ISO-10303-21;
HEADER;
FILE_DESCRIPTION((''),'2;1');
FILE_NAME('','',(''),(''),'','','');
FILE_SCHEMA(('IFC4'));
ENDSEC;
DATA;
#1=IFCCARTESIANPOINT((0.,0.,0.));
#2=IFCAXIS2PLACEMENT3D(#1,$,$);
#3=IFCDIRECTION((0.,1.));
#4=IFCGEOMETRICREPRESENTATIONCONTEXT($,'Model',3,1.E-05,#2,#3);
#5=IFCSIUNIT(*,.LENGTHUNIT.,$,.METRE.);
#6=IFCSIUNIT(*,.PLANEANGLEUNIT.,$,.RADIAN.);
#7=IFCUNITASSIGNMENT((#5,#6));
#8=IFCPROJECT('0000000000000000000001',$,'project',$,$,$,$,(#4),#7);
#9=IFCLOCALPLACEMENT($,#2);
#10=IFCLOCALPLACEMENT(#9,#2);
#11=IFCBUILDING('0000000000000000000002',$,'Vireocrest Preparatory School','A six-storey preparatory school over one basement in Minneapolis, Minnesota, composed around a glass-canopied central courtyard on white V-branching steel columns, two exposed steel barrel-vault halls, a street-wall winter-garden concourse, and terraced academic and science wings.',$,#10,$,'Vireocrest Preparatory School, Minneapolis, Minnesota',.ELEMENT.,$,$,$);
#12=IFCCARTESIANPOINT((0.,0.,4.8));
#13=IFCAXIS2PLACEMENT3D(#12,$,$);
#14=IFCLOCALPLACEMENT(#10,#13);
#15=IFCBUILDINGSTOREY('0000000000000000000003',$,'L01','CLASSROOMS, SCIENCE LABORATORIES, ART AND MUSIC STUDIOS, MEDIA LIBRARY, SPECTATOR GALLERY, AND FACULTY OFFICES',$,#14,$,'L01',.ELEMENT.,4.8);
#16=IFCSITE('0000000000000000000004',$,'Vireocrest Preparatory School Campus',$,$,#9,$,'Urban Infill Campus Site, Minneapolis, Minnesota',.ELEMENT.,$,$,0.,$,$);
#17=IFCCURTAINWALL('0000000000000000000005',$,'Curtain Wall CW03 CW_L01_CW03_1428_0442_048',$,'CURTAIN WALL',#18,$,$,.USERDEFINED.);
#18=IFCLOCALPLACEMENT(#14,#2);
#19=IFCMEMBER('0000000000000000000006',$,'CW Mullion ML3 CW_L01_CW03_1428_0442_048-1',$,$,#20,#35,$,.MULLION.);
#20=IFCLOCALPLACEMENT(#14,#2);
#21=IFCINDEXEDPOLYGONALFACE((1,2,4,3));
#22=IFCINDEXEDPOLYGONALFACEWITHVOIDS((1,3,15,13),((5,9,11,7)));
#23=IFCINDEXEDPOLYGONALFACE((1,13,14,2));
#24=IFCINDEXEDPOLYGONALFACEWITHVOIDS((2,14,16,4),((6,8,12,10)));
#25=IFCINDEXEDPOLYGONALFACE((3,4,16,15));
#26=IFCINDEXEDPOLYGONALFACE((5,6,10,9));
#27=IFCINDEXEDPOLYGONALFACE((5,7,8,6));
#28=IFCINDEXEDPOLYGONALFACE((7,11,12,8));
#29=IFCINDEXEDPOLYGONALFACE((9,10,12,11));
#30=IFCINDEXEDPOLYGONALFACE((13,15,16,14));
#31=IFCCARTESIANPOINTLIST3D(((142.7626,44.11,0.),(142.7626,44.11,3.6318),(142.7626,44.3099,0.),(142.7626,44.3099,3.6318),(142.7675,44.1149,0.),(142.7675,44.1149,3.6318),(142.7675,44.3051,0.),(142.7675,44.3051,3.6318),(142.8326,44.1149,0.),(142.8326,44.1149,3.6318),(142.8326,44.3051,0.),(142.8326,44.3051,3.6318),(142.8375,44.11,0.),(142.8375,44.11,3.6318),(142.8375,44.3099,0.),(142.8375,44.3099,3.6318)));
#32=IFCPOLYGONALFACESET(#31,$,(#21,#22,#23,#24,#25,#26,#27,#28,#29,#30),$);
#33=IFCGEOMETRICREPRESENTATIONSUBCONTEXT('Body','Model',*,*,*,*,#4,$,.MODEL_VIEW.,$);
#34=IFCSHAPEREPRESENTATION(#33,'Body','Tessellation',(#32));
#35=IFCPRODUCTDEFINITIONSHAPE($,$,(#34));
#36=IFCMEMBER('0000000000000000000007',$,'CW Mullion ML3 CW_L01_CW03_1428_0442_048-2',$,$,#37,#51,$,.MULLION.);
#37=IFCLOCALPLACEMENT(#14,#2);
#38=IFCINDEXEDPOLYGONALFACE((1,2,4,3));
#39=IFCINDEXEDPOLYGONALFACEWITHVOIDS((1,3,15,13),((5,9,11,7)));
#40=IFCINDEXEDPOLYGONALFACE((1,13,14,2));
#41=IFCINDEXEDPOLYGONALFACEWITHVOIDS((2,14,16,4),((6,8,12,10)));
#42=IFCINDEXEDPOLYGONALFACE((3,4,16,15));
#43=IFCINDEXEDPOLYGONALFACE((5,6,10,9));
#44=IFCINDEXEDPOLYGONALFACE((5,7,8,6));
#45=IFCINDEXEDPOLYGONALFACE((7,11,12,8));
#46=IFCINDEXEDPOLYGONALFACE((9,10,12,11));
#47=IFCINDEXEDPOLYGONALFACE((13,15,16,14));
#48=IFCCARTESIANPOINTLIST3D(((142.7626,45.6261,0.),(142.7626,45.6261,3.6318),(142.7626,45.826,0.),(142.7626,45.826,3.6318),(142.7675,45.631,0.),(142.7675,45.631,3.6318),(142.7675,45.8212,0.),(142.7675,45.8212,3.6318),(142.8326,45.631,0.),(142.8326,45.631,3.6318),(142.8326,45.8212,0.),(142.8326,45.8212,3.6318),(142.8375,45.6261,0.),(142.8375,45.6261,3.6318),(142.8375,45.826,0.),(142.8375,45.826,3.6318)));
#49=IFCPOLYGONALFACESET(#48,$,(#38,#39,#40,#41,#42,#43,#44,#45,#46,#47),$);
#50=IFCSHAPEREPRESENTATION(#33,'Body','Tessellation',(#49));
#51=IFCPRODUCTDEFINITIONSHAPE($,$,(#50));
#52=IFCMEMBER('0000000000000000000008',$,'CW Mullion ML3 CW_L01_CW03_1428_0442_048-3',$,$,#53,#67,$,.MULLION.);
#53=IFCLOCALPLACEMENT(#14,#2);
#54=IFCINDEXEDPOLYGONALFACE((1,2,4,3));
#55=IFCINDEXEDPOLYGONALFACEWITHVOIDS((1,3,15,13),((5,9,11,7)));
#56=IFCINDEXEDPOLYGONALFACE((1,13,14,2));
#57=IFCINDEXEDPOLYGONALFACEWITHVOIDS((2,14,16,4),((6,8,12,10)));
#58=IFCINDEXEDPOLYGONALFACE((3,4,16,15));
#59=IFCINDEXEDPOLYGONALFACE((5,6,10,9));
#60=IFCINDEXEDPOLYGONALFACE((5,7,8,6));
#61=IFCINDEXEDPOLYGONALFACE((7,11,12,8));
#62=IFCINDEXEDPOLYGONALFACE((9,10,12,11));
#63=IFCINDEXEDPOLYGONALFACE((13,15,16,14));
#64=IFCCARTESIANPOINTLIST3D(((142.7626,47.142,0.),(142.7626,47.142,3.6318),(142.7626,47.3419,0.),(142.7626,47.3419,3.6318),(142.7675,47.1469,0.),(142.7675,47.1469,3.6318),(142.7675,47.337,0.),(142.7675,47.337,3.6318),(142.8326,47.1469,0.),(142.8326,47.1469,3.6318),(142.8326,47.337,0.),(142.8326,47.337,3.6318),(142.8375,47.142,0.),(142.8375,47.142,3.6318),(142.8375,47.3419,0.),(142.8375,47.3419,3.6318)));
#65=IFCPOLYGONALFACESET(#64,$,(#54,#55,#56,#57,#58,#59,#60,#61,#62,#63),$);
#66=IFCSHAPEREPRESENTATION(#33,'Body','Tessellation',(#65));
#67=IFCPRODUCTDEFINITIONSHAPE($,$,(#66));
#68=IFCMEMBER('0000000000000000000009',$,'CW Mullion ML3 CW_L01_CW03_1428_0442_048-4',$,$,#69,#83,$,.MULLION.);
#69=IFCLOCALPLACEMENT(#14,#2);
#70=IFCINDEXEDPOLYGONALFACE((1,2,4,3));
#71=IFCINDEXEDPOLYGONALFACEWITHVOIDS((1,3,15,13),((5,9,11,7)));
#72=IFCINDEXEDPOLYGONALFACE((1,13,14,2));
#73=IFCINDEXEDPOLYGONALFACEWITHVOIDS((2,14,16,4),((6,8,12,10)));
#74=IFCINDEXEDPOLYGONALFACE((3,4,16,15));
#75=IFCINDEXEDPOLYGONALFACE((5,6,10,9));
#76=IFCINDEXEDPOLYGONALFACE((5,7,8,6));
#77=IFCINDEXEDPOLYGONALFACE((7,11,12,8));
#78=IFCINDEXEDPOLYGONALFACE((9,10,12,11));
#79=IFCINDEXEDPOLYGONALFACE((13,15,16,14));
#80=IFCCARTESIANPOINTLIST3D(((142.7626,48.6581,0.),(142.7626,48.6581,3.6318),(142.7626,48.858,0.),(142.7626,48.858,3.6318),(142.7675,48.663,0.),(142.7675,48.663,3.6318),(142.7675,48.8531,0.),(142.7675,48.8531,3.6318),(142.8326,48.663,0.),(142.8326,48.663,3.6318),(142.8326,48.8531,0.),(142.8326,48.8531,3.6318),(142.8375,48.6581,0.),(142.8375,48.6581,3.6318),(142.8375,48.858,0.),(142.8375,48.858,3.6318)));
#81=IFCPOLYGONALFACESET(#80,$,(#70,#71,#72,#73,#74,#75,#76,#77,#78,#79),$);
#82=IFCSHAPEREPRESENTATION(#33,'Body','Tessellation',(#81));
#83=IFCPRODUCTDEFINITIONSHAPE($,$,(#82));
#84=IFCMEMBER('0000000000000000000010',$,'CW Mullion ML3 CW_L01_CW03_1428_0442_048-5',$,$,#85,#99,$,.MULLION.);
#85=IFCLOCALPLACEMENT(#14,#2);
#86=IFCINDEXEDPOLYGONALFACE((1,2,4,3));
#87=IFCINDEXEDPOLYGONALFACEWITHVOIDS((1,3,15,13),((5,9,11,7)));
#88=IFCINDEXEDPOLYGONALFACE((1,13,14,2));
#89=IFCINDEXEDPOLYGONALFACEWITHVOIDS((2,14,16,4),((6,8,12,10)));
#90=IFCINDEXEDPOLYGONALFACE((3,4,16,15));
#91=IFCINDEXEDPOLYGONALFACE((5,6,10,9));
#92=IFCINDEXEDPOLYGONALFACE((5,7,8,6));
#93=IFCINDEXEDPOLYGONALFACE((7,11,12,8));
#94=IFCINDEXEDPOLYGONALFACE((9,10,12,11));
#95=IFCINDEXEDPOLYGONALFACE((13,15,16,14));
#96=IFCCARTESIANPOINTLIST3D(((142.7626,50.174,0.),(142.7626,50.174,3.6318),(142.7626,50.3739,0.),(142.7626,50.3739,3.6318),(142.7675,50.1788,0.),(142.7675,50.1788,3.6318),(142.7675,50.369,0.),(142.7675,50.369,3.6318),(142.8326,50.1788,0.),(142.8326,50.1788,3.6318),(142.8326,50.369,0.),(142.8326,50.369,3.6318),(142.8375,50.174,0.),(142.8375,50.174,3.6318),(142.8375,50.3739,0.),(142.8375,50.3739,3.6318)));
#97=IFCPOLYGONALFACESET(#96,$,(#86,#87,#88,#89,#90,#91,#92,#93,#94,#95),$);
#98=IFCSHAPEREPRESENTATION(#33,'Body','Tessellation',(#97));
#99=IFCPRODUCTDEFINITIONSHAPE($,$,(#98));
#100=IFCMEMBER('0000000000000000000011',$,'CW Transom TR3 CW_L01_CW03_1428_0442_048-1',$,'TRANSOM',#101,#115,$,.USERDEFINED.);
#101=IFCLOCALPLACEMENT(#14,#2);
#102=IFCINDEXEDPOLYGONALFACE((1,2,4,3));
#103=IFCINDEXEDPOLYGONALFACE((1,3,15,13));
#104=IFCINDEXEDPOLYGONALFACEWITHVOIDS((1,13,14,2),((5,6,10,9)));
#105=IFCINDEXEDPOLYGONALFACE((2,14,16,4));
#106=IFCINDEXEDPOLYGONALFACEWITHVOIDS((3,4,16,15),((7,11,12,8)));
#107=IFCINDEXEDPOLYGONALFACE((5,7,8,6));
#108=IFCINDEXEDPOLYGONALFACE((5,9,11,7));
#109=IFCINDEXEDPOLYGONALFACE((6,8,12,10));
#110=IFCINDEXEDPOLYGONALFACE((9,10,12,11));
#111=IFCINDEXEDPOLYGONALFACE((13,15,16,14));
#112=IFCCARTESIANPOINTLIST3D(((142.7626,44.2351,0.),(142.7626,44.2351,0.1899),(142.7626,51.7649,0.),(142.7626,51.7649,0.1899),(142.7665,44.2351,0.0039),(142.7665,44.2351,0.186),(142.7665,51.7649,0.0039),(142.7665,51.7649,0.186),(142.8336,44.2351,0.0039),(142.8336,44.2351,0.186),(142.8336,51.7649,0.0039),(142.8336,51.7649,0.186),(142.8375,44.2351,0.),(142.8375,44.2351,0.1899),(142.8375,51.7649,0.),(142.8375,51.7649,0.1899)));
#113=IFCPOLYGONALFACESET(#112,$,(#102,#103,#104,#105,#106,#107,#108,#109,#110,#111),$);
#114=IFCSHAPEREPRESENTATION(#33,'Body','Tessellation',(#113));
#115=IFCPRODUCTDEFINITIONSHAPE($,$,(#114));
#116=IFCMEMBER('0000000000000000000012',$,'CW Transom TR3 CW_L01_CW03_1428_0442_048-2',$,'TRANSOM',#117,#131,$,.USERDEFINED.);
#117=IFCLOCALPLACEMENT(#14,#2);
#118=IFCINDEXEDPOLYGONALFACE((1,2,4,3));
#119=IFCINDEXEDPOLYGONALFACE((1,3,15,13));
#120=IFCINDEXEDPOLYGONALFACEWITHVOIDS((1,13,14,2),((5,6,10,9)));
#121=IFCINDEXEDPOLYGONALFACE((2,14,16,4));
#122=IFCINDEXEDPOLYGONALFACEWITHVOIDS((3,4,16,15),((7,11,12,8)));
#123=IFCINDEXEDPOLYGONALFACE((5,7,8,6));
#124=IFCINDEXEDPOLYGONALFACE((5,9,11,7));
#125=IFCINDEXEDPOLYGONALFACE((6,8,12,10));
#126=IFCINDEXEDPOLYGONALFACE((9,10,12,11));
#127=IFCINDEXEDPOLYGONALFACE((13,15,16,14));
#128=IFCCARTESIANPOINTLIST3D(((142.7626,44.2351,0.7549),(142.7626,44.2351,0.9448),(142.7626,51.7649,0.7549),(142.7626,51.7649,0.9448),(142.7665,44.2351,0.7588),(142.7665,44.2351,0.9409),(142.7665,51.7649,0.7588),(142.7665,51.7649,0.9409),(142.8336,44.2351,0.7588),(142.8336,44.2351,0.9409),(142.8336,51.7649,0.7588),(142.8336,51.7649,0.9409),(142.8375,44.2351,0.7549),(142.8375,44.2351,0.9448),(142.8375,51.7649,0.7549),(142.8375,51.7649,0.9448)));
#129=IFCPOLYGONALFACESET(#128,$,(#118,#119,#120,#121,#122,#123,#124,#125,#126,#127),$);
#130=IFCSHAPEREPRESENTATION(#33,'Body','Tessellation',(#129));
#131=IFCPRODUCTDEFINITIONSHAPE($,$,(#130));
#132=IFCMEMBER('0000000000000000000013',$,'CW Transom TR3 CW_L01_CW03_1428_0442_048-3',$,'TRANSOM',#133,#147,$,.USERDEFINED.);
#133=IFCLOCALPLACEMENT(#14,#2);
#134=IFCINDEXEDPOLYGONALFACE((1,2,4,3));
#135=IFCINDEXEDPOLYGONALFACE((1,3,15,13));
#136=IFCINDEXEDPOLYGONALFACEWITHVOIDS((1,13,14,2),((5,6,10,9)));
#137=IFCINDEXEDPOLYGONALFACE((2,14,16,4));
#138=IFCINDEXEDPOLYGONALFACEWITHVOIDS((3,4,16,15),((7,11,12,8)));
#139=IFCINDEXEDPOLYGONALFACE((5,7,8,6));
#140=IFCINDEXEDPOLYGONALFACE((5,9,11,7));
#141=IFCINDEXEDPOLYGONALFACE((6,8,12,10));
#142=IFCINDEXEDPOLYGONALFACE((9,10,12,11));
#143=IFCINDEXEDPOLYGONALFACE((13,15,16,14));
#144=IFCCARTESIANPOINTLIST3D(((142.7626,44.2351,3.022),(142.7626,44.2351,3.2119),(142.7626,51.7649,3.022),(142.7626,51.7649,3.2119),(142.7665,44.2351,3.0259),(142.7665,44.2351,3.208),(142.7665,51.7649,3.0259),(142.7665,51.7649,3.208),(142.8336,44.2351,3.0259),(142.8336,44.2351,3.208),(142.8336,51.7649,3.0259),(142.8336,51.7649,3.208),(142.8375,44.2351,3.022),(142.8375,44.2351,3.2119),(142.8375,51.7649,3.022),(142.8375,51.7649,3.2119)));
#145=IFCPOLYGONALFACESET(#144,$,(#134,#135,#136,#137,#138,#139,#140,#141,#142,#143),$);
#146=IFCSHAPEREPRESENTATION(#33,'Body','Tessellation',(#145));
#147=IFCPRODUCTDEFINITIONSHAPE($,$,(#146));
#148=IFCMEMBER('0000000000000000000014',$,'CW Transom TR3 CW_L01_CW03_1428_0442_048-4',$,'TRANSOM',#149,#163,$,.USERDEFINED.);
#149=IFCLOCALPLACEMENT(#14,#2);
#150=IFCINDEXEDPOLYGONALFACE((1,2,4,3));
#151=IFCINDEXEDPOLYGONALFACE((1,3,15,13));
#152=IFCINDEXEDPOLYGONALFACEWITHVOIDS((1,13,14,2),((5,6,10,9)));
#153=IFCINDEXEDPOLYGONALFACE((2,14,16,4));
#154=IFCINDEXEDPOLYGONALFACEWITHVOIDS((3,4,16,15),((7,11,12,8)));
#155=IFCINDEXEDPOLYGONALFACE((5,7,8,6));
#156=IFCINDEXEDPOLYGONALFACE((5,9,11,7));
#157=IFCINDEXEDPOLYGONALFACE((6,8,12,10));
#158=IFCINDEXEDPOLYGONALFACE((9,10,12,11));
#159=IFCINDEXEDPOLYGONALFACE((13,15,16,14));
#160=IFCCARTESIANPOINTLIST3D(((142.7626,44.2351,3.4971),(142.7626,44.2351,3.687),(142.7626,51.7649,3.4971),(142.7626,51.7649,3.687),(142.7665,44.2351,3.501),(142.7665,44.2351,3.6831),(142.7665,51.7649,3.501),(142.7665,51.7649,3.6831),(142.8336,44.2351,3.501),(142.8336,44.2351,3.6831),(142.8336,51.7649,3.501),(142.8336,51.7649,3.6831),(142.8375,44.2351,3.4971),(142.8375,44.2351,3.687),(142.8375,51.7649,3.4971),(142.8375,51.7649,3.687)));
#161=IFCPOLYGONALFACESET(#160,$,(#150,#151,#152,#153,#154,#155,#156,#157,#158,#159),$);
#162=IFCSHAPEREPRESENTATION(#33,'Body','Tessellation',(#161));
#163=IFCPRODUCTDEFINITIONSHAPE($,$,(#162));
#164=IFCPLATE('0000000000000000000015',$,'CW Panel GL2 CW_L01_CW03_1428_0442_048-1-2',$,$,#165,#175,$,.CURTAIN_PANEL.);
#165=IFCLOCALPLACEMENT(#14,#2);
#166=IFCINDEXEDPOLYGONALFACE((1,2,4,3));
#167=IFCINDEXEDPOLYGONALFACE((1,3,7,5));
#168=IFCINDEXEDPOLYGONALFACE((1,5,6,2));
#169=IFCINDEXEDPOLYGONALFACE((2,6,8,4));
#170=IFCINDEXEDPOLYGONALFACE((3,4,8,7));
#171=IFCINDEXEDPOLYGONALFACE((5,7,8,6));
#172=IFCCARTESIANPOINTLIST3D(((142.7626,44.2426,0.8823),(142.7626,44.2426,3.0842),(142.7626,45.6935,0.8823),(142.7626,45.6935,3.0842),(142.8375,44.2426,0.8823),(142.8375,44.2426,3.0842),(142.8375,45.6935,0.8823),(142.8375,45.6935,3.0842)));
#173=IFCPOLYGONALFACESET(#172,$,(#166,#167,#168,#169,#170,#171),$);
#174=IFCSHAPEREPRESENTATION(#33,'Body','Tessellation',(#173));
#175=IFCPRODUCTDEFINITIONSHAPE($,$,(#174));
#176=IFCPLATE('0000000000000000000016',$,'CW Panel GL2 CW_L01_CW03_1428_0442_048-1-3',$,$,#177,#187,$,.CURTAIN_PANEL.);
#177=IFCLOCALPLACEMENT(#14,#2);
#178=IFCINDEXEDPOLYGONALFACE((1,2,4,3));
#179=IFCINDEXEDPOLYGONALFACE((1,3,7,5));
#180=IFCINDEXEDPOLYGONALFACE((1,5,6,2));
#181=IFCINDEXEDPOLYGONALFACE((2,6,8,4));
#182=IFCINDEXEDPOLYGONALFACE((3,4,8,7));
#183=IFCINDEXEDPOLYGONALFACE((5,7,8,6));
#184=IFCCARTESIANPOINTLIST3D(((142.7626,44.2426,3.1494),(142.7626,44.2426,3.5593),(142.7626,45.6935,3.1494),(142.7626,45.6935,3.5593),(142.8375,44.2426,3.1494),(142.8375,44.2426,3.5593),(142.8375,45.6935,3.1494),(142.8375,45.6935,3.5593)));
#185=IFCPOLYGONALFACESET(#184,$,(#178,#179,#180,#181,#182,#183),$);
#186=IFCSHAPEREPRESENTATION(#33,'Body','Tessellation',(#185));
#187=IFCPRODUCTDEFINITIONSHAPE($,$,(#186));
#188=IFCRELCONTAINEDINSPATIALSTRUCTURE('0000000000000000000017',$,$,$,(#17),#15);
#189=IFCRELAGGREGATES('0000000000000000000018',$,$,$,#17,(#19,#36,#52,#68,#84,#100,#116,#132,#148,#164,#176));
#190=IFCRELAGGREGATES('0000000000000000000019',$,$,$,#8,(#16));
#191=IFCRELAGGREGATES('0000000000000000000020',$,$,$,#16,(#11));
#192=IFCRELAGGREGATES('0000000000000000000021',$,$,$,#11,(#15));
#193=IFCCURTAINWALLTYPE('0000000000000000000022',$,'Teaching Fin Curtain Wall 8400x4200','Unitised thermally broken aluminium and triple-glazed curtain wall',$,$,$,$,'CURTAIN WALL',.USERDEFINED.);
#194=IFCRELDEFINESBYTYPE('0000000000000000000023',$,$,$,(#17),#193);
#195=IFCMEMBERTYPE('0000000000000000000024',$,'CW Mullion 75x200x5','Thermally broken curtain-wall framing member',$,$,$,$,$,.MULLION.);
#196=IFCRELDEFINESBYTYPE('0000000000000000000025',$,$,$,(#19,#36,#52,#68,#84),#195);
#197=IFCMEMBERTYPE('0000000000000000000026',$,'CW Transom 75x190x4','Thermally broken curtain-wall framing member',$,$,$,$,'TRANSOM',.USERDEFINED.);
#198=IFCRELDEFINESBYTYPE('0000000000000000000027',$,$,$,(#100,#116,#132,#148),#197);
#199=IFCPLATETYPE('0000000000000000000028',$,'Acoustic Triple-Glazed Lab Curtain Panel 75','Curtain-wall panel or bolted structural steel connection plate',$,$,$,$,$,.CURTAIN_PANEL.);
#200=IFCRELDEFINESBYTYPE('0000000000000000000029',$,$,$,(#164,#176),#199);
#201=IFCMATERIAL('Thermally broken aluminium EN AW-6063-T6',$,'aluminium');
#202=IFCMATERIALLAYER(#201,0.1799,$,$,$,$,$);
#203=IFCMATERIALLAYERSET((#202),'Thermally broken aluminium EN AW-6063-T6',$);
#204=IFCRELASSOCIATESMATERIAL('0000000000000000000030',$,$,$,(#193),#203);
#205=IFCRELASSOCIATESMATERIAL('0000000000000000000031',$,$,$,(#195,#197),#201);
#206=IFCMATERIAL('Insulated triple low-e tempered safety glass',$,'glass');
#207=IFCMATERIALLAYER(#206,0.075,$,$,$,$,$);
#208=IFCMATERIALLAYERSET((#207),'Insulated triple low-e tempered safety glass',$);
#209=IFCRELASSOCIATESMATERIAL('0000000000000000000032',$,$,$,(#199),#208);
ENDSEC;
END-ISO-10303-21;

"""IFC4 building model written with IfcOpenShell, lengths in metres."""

from ifc_helpers import new_model, si_unit, direction, frame, origin, origin_2d, place, context, subcontext, project, spatial, rectangle, hollow_rectangle, extrude, material, layer, layer_set, material_profile, profile_set, type_object, element, aggregate, save


model = new_model("IFC4")

# Units and contexts
model_context = context("Model", 3, precision=1e-05, world=origin(), true_north=direction((0.0, 1.0)))
body_context = subcontext(model_context, "Body", "Model", "MODEL_VIEW")
ifc_project = project(units=[si_unit("LENGTHUNIT", "METRE"), si_unit("PLANEANGLEUNIT", "RADIAN")], contexts=[model_context])

# Site, building, storey
site_placement = place(None, origin())
site = spatial("IfcSite", under=ifc_project, at=site_placement, Name="Vireocrest Preparatory School Campus", LongName="Urban Infill Campus Site, Minneapolis, Minnesota", CompositionType="ELEMENT", RefElevation=0.0)
building_placement = place(site_placement, origin())
building = spatial("IfcBuilding", under=site, at=building_placement, Name="Vireocrest Preparatory School", Description="A six-storey preparatory school over one basement in Minneapolis, Minnesota, composed around a glass-canopied central courtyard on white V-branching steel columns, two exposed steel barrel-vault halls, a street-wall winter-garden concourse, and terraced academic and science wings.", LongName="Vireocrest Preparatory School, Minneapolis, Minnesota", CompositionType="ELEMENT")
storey_placement = place(building_placement, frame((0.0, 0.0, 4.8)))
storey = spatial("IfcBuildingStorey", under=building, at=storey_placement, Name="L01", Description="CLASSROOMS, SCIENCE LABORATORIES, ART AND MUSIC STUDIOS, MEDIA LIBRARY, SPECTATOR GALLERY, AND FACULTY OFFICES", LongName="L01", CompositionType="ELEMENT", Elevation=4.8)

# Curtain wall, members, plates
ifc_material_1 = material(Name="Thermally broken aluminium EN AW-6063-T6", Category="aluminium")
ifc_layer_1 = layer(ifc_material_1, 0.1799)
ifc_layer_set_1 = layer_set([ifc_layer_1], Name="Thermally broken aluminium EN AW-6063-T6")
curtain_wall_type = type_object("IfcCurtainWallType", Name="Teaching Fin Curtain Wall 8400x4200", Description="Unitised thermally broken aluminium and triple-glazed curtain wall", ElementType="CURTAIN WALL", PredefinedType="USERDEFINED", material=ifc_layer_set_1)
curtain_wall_placement = place(storey_placement, origin())
curtain_wall = element("IfcCurtainWall", 1, at=curtain_wall_placement, inside=storey, type_object=curtain_wall_type, Name="Curtain Wall CW03 CW_L01_CW03_1428_0442_048", ObjectType="CURTAIN WALL", PredefinedType="USERDEFINED")
ifc_material_profile_1 = material_profile(ifc_material_1, hollow_rectangle(XDim=0.075, YDim=0.2, WallThickness=0.0049, at=origin_2d()), Name="ALU 75x200x5")
ifc_profile_set_1 = profile_set([ifc_material_profile_1], Name="Thermally broken aluminium EN AW-6063-T6")
member_type_1 = type_object("IfcMemberType", Name="CW Mullion 75x200x5", Description="Thermally broken curtain-wall framing member", PredefinedType="MULLION", material=ifc_profile_set_1)
member_1_placement = place(storey_placement, frame((142.8, 44.21, 0.0), z_axis=(0.0, 0.0, 1.0), x_axis=(1.0, 0.0, 0.0)))
member_1 = element("IfcMember", 2, at=member_1_placement, type_object=member_type_1, Name="CW Mullion ML3 CW_L01_CW03_1428_0442_048-1", PredefinedType="MULLION", context=body_context, shape_type="SweptSolid", body=[
    extrude(hollow_rectangle(XDim=0.075, YDim=0.2, WallThickness=0.0049, at=origin_2d()), origin(), (0.0, 0.0, 1.0), 3.6318),
])
member_2_placement = place(storey_placement, frame((142.8, 45.7261, 0.0), z_axis=(0.0, 0.0, 1.0), x_axis=(1.0, 0.0, 0.0)))
member_2 = element("IfcMember", 3, at=member_2_placement, type_object=member_type_1, Name="CW Mullion ML3 CW_L01_CW03_1428_0442_048-2", PredefinedType="MULLION", context=body_context, shape_type="SweptSolid", body=[
    extrude(hollow_rectangle(XDim=0.075, YDim=0.2, WallThickness=0.0049, at=origin_2d()), origin(), (0.0, 0.0, 1.0), 3.6318),
])
member_3_placement = place(storey_placement, frame((142.8, 47.2419, 0.0), z_axis=(0.0, 0.0, 1.0), x_axis=(1.0, 0.0, 0.0)))
member_3 = element("IfcMember", 4, at=member_3_placement, type_object=member_type_1, Name="CW Mullion ML3 CW_L01_CW03_1428_0442_048-3", PredefinedType="MULLION", context=body_context, shape_type="SweptSolid", body=[
    extrude(hollow_rectangle(XDim=0.075, YDim=0.2, WallThickness=0.0049, at=origin_2d()), origin(), (0.0, 0.0, 1.0), 3.6318),
])
member_4_placement = place(storey_placement, frame((142.8, 48.7581, 0.0), z_axis=(0.0, 0.0, 1.0), x_axis=(1.0, 0.0, 0.0)))
member_4 = element("IfcMember", 5, at=member_4_placement, type_object=member_type_1, Name="CW Mullion ML3 CW_L01_CW03_1428_0442_048-4", PredefinedType="MULLION", context=body_context, shape_type="SweptSolid", body=[
    extrude(hollow_rectangle(XDim=0.075, YDim=0.2, WallThickness=0.0049, at=origin_2d()), origin(), (0.0, 0.0, 1.0), 3.6318),
])
member_5_placement = place(storey_placement, frame((142.8, 50.2739, 0.0), z_axis=(0.0, 0.0, 1.0), x_axis=(1.0, 0.0, 0.0)))
member_5 = element("IfcMember", 6, at=member_5_placement, type_object=member_type_1, Name="CW Mullion ML3 CW_L01_CW03_1428_0442_048-5", PredefinedType="MULLION", context=body_context, shape_type="SweptSolid", body=[
    extrude(hollow_rectangle(XDim=0.075, YDim=0.2, WallThickness=0.0049, at=origin_2d()), origin(), (0.0, 0.0, 1.0), 3.6318),
])
ifc_material_profile_2 = material_profile(ifc_material_1, hollow_rectangle(XDim=0.075, YDim=0.1899, WallThickness=0.0039, at=origin_2d()), Name="ALU 75x190x4")
ifc_profile_set_2 = profile_set([ifc_material_profile_2], Name="Thermally broken aluminium EN AW-6063-T6")
member_type_2 = type_object("IfcMemberType", Name="CW Transom 75x190x4", Description="Thermally broken curtain-wall framing member", ElementType="TRANSOM", PredefinedType="USERDEFINED", material=ifc_profile_set_2)
member_6_placement = place(storey_placement, frame((142.8, 44.2351, 0.095), z_axis=(0.0, 1.0, 0.0), x_axis=(-1.0, 0.0, 0.0)))
member_6 = element("IfcMember", 7, at=member_6_placement, type_object=member_type_2, Name="CW Transom TR3 CW_L01_CW03_1428_0442_048-1", ObjectType="TRANSOM", PredefinedType="USERDEFINED", context=body_context, shape_type="SweptSolid", body=[
    extrude(hollow_rectangle(XDim=0.075, YDim=0.1899, WallThickness=0.0039, at=origin_2d()), origin(), (0.0, 0.0, 1.0), 7.5298),
])
member_7_placement = place(storey_placement, frame((142.8, 44.2351, 0.8499), z_axis=(0.0, 1.0, 0.0), x_axis=(-1.0, 0.0, 0.0)))
member_7 = element("IfcMember", 8, at=member_7_placement, type_object=member_type_2, Name="CW Transom TR3 CW_L01_CW03_1428_0442_048-2", ObjectType="TRANSOM", PredefinedType="USERDEFINED", context=body_context, shape_type="SweptSolid", body=[
    extrude(hollow_rectangle(XDim=0.075, YDim=0.1899, WallThickness=0.0039, at=origin_2d()), origin(), (0.0, 0.0, 1.0), 7.5298),
])
member_8_placement = place(storey_placement, frame((142.8, 44.2351, 3.1169), z_axis=(0.0, 1.0, 0.0), x_axis=(-1.0, 0.0, 0.0)))
member_8 = element("IfcMember", 9, at=member_8_placement, type_object=member_type_2, Name="CW Transom TR3 CW_L01_CW03_1428_0442_048-3", ObjectType="TRANSOM", PredefinedType="USERDEFINED", context=body_context, shape_type="SweptSolid", body=[
    extrude(hollow_rectangle(XDim=0.075, YDim=0.1899, WallThickness=0.0039, at=origin_2d()), origin(), (0.0, 0.0, 1.0), 7.5298),
])
member_9_placement = place(storey_placement, frame((142.8, 44.2351, 3.592), z_axis=(0.0, 1.0, 0.0), x_axis=(-1.0, 0.0, 0.0)))
member_9 = element("IfcMember", 10, at=member_9_placement, type_object=member_type_2, Name="CW Transom TR3 CW_L01_CW03_1428_0442_048-4", ObjectType="TRANSOM", PredefinedType="USERDEFINED", context=body_context, shape_type="SweptSolid", body=[
    extrude(hollow_rectangle(XDim=0.075, YDim=0.1899, WallThickness=0.0039, at=origin_2d()), origin(), (0.0, 0.0, 1.0), 7.5298),
])
ifc_material_2 = material(Name="Insulated triple low-e tempered safety glass", Category="glass")
ifc_layer_2 = layer(ifc_material_2, 0.075)
ifc_layer_set_2 = layer_set([ifc_layer_2], Name="Insulated triple low-e tempered safety glass")
plate_type_1 = type_object("IfcPlateType", Name="Acoustic Triple-Glazed Lab Curtain Panel 75", Description="Curtain-wall panel or bolted structural steel connection plate", PredefinedType="CURTAIN_PANEL", material=ifc_layer_set_2)
plate_1_placement = place(storey_placement, frame((142.8, 44.968, 0.8823), z_axis=(0.0, 0.0, 1.0), x_axis=(0.0, 1.0, 0.0)))
plate_1 = element("IfcPlate", 11, at=plate_1_placement, type_object=plate_type_1, Name="CW Panel GL2 CW_L01_CW03_1428_0442_048-1-2", PredefinedType="CURTAIN_PANEL", context=body_context, shape_type="SweptSolid", body=[
    extrude(rectangle(XDim=1.4509, YDim=0.075, at=origin_2d()), origin(), (0.0, 0.0, 1.0), 2.2019),
])
plate_2_placement = place(storey_placement, frame((142.8, 44.968, 3.1494), z_axis=(0.0, 0.0, 1.0), x_axis=(0.0, 1.0, 0.0)))
plate_2 = element("IfcPlate", 12, at=plate_2_placement, type_object=plate_type_1, Name="CW Panel GL2 CW_L01_CW03_1428_0442_048-1-3", PredefinedType="CURTAIN_PANEL", context=body_context, shape_type="SweptSolid", body=[
    extrude(rectangle(XDim=1.4509, YDim=0.075, at=origin_2d()), origin(), (0.0, 0.0, 1.0), 0.4099),
])
aggregate(curtain_wall, [member_1, member_2, member_3, member_4, member_5, member_6, member_7, member_8, member_9, plate_1, plate_2])

save(model, "model.ifc")
